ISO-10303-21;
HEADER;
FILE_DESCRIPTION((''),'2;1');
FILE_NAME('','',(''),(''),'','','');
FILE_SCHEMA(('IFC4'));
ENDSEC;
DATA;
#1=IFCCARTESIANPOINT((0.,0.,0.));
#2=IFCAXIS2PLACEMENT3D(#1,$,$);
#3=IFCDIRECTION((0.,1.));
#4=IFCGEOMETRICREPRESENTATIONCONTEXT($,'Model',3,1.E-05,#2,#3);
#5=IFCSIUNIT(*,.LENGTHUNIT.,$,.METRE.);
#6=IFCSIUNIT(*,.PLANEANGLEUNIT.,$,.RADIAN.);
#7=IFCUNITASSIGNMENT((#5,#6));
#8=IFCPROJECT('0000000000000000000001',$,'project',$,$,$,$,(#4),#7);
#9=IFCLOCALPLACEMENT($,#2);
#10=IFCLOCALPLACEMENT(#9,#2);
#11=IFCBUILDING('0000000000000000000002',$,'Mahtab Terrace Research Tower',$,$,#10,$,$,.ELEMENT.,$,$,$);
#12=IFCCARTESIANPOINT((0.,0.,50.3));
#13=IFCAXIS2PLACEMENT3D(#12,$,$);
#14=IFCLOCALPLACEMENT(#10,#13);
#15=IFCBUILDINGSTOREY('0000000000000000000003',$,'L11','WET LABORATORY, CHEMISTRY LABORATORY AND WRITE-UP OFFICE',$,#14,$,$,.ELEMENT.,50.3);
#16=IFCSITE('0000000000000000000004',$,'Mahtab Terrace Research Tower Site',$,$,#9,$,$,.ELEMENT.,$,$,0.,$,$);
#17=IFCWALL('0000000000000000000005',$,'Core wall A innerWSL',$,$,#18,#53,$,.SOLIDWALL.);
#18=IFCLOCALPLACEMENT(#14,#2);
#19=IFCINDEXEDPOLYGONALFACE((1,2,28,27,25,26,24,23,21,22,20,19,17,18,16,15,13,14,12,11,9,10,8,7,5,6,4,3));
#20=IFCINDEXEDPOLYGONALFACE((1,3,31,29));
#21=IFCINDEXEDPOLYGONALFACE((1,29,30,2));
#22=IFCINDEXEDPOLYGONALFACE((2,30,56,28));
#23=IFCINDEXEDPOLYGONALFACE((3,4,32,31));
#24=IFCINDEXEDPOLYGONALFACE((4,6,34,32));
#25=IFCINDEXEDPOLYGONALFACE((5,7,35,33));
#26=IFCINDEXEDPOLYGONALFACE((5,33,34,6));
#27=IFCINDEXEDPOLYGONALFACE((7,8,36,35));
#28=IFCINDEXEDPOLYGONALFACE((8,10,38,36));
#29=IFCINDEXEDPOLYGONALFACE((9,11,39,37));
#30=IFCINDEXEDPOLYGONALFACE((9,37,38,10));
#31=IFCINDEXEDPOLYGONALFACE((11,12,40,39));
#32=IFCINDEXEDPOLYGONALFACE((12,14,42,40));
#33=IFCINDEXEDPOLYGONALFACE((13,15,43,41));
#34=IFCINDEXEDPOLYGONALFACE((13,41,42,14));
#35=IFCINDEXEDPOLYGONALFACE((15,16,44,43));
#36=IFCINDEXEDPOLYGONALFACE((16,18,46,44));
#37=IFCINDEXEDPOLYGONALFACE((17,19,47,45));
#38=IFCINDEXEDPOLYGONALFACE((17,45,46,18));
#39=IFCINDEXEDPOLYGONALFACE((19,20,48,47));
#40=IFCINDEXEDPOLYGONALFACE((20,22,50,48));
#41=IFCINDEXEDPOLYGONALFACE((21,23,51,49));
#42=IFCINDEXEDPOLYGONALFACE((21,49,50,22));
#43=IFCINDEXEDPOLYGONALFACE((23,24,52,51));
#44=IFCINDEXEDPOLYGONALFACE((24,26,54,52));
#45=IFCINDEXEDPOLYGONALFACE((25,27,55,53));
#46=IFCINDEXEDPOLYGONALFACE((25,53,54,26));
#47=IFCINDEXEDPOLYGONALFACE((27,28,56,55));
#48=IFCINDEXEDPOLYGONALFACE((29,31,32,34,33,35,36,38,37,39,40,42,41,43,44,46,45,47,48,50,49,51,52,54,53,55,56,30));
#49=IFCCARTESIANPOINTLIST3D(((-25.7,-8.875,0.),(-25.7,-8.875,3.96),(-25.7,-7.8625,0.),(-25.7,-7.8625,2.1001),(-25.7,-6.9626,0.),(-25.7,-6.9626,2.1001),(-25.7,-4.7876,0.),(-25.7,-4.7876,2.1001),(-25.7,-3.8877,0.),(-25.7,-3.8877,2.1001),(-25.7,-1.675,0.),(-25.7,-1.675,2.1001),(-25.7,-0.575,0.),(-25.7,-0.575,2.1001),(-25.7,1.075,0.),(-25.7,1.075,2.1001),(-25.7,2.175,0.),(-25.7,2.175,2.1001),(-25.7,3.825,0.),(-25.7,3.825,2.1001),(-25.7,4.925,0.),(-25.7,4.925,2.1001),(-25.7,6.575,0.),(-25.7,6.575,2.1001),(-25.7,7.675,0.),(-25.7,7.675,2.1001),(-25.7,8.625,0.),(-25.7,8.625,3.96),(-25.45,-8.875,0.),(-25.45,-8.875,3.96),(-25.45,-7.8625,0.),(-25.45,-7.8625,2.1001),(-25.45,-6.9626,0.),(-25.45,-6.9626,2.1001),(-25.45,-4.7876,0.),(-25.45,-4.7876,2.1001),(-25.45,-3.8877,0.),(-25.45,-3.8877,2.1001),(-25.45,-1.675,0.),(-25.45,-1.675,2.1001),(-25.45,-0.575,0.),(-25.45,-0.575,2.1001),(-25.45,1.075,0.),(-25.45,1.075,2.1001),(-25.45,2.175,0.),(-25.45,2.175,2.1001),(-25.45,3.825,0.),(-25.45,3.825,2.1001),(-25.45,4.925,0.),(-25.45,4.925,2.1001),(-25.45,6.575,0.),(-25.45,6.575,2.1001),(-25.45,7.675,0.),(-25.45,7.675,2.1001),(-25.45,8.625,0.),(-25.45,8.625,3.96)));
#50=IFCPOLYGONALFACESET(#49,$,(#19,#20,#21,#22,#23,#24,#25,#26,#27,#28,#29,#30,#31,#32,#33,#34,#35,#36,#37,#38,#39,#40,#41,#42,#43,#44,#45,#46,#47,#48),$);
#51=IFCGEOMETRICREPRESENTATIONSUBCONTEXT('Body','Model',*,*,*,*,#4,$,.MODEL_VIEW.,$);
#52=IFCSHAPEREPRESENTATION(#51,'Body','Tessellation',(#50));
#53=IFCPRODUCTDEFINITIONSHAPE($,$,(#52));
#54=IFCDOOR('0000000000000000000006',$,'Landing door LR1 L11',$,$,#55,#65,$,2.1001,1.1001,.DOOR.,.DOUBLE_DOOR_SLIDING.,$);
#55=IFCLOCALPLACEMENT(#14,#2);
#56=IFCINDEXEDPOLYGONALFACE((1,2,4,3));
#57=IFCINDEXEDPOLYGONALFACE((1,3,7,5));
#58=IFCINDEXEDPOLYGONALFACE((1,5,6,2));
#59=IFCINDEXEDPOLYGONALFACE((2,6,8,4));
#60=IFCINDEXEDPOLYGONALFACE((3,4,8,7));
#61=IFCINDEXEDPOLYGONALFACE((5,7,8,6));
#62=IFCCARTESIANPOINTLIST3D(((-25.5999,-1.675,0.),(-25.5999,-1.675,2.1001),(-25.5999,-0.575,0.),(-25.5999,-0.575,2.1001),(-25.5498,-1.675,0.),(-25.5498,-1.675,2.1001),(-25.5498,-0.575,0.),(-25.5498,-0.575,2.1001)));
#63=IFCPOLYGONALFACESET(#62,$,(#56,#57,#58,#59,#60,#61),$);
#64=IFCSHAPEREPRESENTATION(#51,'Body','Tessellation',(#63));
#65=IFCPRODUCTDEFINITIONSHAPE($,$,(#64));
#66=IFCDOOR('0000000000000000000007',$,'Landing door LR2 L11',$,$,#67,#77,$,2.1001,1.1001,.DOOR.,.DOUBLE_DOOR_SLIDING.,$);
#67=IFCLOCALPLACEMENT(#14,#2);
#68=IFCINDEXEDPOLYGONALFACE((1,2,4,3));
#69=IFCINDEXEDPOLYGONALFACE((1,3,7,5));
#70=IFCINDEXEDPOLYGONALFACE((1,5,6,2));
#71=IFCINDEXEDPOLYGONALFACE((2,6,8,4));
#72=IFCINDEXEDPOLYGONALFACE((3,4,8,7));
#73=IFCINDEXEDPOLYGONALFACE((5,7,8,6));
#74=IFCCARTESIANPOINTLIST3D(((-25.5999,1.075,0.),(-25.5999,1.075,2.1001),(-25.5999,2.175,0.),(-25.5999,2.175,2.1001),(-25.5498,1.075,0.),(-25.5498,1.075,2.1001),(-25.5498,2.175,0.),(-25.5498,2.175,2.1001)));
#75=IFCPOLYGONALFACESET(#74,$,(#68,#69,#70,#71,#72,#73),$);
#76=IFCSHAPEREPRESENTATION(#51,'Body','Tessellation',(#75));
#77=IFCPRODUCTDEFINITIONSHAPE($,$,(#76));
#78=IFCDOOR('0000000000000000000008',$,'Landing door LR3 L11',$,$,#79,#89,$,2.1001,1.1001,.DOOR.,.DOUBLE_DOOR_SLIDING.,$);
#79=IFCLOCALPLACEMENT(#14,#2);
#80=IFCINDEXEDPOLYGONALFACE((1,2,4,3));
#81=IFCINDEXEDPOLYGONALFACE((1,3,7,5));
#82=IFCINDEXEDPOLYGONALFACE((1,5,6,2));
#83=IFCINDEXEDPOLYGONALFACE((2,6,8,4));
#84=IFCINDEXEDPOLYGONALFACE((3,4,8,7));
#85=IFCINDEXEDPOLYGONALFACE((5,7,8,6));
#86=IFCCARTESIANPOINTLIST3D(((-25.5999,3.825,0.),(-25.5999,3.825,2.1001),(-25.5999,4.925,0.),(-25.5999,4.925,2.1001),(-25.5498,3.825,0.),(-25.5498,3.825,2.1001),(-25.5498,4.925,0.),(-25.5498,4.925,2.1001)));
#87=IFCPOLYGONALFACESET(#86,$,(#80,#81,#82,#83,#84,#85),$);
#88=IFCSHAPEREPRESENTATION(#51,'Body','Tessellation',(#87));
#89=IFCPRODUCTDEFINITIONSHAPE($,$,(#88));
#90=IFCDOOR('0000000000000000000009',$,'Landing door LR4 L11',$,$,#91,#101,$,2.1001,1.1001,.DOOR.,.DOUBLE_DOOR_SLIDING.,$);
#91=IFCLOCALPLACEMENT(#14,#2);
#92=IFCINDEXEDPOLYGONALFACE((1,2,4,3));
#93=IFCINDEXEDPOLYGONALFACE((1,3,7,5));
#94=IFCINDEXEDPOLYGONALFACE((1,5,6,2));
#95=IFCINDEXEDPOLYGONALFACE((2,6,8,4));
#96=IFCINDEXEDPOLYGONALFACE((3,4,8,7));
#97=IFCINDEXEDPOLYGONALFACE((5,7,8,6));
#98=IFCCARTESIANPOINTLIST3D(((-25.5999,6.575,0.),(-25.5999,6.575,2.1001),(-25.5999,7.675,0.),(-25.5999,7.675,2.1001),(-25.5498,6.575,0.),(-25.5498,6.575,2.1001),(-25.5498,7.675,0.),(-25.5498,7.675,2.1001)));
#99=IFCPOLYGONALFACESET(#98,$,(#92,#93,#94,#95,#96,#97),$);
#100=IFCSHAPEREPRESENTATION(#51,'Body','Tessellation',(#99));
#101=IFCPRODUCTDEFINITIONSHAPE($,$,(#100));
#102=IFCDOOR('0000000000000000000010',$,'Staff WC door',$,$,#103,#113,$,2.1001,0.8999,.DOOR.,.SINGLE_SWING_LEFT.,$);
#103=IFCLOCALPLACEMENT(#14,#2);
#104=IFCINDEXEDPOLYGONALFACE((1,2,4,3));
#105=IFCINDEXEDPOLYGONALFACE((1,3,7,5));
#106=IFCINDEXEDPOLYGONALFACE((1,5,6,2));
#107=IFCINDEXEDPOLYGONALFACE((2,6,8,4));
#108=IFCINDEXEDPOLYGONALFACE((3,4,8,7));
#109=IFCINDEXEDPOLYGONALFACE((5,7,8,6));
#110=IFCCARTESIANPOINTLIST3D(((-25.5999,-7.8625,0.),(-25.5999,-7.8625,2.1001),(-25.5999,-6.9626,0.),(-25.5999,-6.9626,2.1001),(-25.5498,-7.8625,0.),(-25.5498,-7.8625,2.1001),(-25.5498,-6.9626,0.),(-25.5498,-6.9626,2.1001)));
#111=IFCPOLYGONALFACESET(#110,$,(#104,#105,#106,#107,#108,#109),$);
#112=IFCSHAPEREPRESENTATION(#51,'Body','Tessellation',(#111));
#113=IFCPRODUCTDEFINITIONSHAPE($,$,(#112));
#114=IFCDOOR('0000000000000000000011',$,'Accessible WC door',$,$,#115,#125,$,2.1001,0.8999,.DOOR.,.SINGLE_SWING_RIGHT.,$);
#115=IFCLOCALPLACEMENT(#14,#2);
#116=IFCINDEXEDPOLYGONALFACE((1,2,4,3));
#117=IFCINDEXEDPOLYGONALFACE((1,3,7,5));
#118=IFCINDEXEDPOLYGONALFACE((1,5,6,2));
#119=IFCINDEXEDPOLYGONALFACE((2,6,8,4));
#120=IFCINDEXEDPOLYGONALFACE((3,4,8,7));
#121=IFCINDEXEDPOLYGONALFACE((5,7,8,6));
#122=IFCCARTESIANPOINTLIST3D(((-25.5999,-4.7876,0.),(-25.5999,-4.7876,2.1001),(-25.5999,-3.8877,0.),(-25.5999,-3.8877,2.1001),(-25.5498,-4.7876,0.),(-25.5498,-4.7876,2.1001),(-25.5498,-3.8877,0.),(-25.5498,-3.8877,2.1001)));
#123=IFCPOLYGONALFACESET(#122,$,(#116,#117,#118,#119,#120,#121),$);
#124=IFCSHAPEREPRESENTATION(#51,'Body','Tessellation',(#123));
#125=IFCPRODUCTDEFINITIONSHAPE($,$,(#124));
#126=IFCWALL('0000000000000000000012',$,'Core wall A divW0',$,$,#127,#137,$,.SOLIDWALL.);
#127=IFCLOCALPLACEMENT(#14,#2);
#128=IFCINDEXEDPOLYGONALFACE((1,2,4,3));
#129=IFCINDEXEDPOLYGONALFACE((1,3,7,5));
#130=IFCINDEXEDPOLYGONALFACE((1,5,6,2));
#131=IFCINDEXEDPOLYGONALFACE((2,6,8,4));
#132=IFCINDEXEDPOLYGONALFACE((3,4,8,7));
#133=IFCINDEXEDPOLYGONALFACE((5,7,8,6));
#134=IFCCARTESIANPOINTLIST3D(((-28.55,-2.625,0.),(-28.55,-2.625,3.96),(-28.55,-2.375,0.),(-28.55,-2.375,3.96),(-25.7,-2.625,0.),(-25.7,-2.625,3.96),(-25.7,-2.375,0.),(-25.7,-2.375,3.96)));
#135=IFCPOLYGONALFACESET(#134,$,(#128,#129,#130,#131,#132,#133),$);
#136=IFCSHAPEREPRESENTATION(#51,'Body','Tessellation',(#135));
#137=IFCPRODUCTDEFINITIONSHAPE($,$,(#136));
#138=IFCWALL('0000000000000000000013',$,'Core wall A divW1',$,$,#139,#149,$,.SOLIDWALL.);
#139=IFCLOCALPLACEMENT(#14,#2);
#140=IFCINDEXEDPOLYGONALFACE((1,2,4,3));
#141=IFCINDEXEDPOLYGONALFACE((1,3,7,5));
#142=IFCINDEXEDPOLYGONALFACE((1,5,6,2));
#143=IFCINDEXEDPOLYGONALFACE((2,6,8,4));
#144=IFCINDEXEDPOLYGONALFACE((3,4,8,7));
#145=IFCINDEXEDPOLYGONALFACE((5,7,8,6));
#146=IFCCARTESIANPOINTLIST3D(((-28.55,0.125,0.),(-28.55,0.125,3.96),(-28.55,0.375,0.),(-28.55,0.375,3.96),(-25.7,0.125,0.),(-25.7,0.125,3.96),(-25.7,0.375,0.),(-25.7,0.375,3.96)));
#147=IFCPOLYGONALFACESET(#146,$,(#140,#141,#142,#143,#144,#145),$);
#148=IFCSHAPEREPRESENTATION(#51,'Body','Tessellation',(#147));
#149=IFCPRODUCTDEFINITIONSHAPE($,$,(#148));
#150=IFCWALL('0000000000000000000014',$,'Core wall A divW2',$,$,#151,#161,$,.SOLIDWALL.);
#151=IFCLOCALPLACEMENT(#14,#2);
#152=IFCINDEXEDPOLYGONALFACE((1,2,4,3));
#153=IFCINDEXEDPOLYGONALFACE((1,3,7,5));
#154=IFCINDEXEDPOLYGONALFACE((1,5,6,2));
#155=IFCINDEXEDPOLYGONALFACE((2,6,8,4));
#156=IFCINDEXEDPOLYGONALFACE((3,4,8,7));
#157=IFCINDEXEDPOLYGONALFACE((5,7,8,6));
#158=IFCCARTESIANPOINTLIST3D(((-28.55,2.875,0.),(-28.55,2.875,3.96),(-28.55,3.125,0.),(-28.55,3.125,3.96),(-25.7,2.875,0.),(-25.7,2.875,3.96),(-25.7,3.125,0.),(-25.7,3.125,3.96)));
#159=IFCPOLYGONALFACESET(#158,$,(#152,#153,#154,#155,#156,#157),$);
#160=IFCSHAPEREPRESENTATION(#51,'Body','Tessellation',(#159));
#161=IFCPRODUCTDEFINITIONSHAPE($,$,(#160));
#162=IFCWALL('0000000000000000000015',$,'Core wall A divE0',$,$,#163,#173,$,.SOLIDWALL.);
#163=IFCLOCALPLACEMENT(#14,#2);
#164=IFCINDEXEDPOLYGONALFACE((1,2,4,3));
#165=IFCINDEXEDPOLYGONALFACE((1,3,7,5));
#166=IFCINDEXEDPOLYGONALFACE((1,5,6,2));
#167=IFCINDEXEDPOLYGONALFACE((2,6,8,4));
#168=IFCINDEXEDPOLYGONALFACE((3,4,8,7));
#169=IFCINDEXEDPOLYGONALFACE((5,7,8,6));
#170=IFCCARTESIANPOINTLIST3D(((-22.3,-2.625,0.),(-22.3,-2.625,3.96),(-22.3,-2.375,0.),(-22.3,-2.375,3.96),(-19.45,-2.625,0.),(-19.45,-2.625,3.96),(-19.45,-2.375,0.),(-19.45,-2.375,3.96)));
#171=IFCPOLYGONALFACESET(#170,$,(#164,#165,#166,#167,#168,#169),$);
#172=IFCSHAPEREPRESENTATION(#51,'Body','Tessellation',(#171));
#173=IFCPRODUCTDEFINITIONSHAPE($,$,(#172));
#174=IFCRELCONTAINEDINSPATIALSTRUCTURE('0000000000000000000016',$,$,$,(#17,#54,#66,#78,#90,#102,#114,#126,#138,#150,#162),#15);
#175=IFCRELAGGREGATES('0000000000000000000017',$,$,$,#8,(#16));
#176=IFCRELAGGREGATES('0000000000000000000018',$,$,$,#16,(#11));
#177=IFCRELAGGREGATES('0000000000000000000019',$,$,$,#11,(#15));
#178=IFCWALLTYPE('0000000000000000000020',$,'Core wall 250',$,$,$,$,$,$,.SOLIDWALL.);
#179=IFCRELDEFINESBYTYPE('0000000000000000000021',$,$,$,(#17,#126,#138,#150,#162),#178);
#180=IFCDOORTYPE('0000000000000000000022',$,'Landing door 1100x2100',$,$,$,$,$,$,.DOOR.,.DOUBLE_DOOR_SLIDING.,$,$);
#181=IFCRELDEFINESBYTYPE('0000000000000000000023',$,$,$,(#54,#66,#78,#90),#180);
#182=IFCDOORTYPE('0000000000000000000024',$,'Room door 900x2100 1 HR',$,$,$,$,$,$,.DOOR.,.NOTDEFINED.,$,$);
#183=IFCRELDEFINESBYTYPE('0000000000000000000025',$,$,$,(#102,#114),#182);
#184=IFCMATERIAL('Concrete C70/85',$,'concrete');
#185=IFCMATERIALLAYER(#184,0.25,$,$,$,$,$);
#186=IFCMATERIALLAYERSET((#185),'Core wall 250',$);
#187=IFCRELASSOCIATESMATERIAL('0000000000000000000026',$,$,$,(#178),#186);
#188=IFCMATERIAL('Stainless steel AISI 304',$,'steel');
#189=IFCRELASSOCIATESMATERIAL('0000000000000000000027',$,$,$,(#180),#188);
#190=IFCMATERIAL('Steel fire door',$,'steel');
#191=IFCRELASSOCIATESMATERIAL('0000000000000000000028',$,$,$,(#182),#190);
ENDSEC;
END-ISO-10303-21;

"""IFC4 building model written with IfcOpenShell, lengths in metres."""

from ifc_helpers import new_model, si_unit, direction, frame, frame_2d, origin, place, context, subcontext, project, spatial, rectangle, extrude, material, layer, layer_set, type_object, element, fill, save


model = new_model("IFC4")

# Units and contexts
model_context = context("Model", 3, precision=1e-05, world=origin(), true_north=direction((0.0, 1.0)))
body_context = subcontext(model_context, "Body", "Model", "MODEL_VIEW")
ifc_project = project(units=[si_unit("LENGTHUNIT", "METRE"), si_unit("PLANEANGLEUNIT", "RADIAN")], contexts=[model_context])

# Site, building, storey
site_placement = place(None, origin())
site = spatial("IfcSite", under=ifc_project, at=site_placement, Name="Mahtab Terrace Research Tower Site", CompositionType="ELEMENT", RefElevation=0.0)
building_placement = place(site_placement, origin())
building = spatial("IfcBuilding", under=site, at=building_placement, Name="Mahtab Terrace Research Tower", CompositionType="ELEMENT")
storey_placement = place(building_placement, frame((0.0, 0.0, 50.3)))
storey = spatial("IfcBuildingStorey", under=building, at=storey_placement, Name="L11", Description="WET LABORATORY, CHEMISTRY LABORATORY AND WRITE-UP OFFICE", CompositionType="ELEMENT", Elevation=50.3)

# Shared definitions
ifc_material_1 = material(Name="Concrete C70/85", Category="concrete")

# Shared definitions
ifc_layer_1 = layer(ifc_material_1, 0.25)
ifc_layer_set_1 = layer_set([ifc_layer_1], Name="Core wall 250")
wall_type_1 = type_object("IfcWallType", Name="Core wall 250", PredefinedType="SOLIDWALL", material=ifc_layer_set_1)

# Shared definitions
ifc_material_2 = material(Name="Steel fire door", Category="steel")

# Wall, openings, doors
wall_1_placement = place(storey_placement, frame((-25.575, -8.875, 0.0), z_axis=(0.0, 0.0, 1.0), x_axis=(0.0, 1.0, 0.0)))
wall_1 = element("IfcWall", 1, at=wall_1_placement, inside=storey, type_object=wall_type_1, Name="Core wall A innerWSL", PredefinedType="SOLIDWALL", context=body_context, shape_type="SweptSolid", body=[
    extrude(rectangle(XDim=17.5, YDim=0.25, at=frame_2d((8.75, 0.0))), origin(), (0.0, 0.0, 1.0), 3.96),
])
opening_1_placement = place(wall_1_placement, frame((7.2, 0.0, 0.0)))
opening_1 = element("IfcOpeningElement", 2, at=opening_1_placement, cuts=wall_1, PredefinedType="OPENING", context=body_context, shape_type="SweptSolid", body=[
    extrude(rectangle(XDim=1.1001, YDim=2.1001, at=frame_2d((0.55, 1.05))), frame((0.0, 0.135, 0.0), z_axis=(0.0, -1.0, 0.0), x_axis=(1.0, 0.0, 0.0)), (0.0, 0.0, 1.0), 0.27),
])
opening_2_placement = place(wall_1_placement, frame((9.95, 0.0, 0.0)))
opening_2 = element("IfcOpeningElement", 3, at=opening_2_placement, cuts=wall_1, PredefinedType="OPENING", context=body_context, shape_type="SweptSolid", body=[
    extrude(rectangle(XDim=1.1001, YDim=2.1001, at=frame_2d((0.55, 1.05))), frame((0.0, 0.135, 0.0), z_axis=(0.0, -1.0, 0.0), x_axis=(1.0, 0.0, 0.0)), (0.0, 0.0, 1.0), 0.27),
])
opening_3_placement = place(wall_1_placement, frame((12.7, 0.0, 0.0)))
opening_3 = element("IfcOpeningElement", 4, at=opening_3_placement, cuts=wall_1, PredefinedType="OPENING", context=body_context, shape_type="SweptSolid", body=[
    extrude(rectangle(XDim=1.1001, YDim=2.1001, at=frame_2d((0.55, 1.05))), frame((0.0, 0.135, 0.0), z_axis=(0.0, -1.0, 0.0), x_axis=(1.0, 0.0, 0.0)), (0.0, 0.0, 1.0), 0.27),
])
opening_4_placement = place(wall_1_placement, frame((15.45, 0.0, 0.0)))
opening_4 = element("IfcOpeningElement", 5, at=opening_4_placement, cuts=wall_1, PredefinedType="OPENING", context=body_context, shape_type="SweptSolid", body=[
    extrude(rectangle(XDim=1.1001, YDim=2.1001, at=frame_2d((0.55, 1.05))), frame((0.0, 0.135, 0.0), z_axis=(0.0, -1.0, 0.0), x_axis=(1.0, 0.0, 0.0)), (0.0, 0.0, 1.0), 0.27),
])
opening_5_placement = place(wall_1_placement, frame((1.0125, 0.0, 0.0)))
opening_5 = element("IfcOpeningElement", 6, at=opening_5_placement, cuts=wall_1, PredefinedType="OPENING", context=body_context, shape_type="SweptSolid", body=[
    extrude(rectangle(XDim=0.8999, YDim=2.1001, at=frame_2d((0.45, 1.05))), frame((0.0, 0.135, 0.0), z_axis=(0.0, -1.0, 0.0), x_axis=(1.0, 0.0, 0.0)), (0.0, 0.0, 1.0), 0.27),
])
opening_6_placement = place(wall_1_placement, frame((4.0874, 0.0, 0.0)))
opening_6 = element("IfcOpeningElement", 7, at=opening_6_placement, cuts=wall_1, PredefinedType="OPENING", context=body_context, shape_type="SweptSolid", body=[
    extrude(rectangle(XDim=0.8999, YDim=2.1001, at=frame_2d((0.45, 1.05))), frame((0.0, 0.135, 0.0), z_axis=(0.0, -1.0, 0.0), x_axis=(1.0, 0.0, 0.0)), (0.0, 0.0, 1.0), 0.27),
])
ifc_material_3 = material(Name="Stainless steel AISI 304", Category="steel")
door_type_1 = type_object("IfcDoorType", Name="Landing door 1100x2100", OperationType="DOUBLE_DOOR_SLIDING", PredefinedType="DOOR", material=ifc_material_3)
door_1_placement = place(opening_1_placement, origin())
door_1 = element("IfcDoor", 8, at=door_1_placement, inside=storey, type_object=door_type_1, Name="Landing door LR1 L11", OperationType="DOUBLE_DOOR_SLIDING", OverallHeight=2.1001, OverallWidth=1.1001, PredefinedType="DOOR", context=body_context, shape_type="SweptSolid", body=[
    extrude(rectangle(XDim=1.1001, YDim=2.1001, at=frame_2d((0.55, 1.05))), frame((0.0, 0.0249, 0.0), z_axis=(0.0, -1.0, 0.0), x_axis=(1.0, 0.0, 0.0)), (0.0, 0.0, 1.0), 0.05),
])
fill(opening_1, door_1)
door_2_placement = place(opening_2_placement, origin())
door_2 = element("IfcDoor", 9, at=door_2_placement, inside=storey, type_object=door_type_1, Name="Landing door LR2 L11", OperationType="DOUBLE_DOOR_SLIDING", OverallHeight=2.1001, OverallWidth=1.1001, PredefinedType="DOOR", context=body_context, shape_type="SweptSolid", body=[
    extrude(rectangle(XDim=1.1001, YDim=2.1001, at=frame_2d((0.55, 1.05))), frame((0.0, 0.0249, 0.0), z_axis=(0.0, -1.0, 0.0), x_axis=(1.0, 0.0, 0.0)), (0.0, 0.0, 1.0), 0.05),
])
fill(opening_2, door_2)
door_3_placement = place(opening_3_placement, origin())
door_3 = element("IfcDoor", 10, at=door_3_placement, inside=storey, type_object=door_type_1, Name="Landing door LR3 L11", OperationType="DOUBLE_DOOR_SLIDING", OverallHeight=2.1001, OverallWidth=1.1001, PredefinedType="DOOR", context=body_context, shape_type="SweptSolid", body=[
    extrude(rectangle(XDim=1.1001, YDim=2.1001, at=frame_2d((0.55, 1.05))), frame((0.0, 0.0249, 0.0), z_axis=(0.0, -1.0, 0.0), x_axis=(1.0, 0.0, 0.0)), (0.0, 0.0, 1.0), 0.05),
])
fill(opening_3, door_3)
door_4_placement = place(opening_4_placement, origin())
door_4 = element("IfcDoor", 11, at=door_4_placement, inside=storey, type_object=door_type_1, Name="Landing door LR4 L11", OperationType="DOUBLE_DOOR_SLIDING", OverallHeight=2.1001, OverallWidth=1.1001, PredefinedType="DOOR", context=body_context, shape_type="SweptSolid", body=[
    extrude(rectangle(XDim=1.1001, YDim=2.1001, at=frame_2d((0.55, 1.05))), frame((0.0, 0.0249, 0.0), z_axis=(0.0, -1.0, 0.0), x_axis=(1.0, 0.0, 0.0)), (0.0, 0.0, 1.0), 0.05),
])
fill(opening_4, door_4)
door_type_2 = type_object("IfcDoorType", Name="Room door 900x2100 1 HR", OperationType="NOTDEFINED", PredefinedType="DOOR", material=ifc_material_2)
door_5_placement = place(opening_5_placement, origin())
door_5 = element("IfcDoor", 12, at=door_5_placement, inside=storey, type_object=door_type_2, Name="Staff WC door", OperationType="SINGLE_SWING_LEFT", OverallHeight=2.1001, OverallWidth=0.8999, PredefinedType="DOOR", context=body_context, shape_type="SweptSolid", body=[
    extrude(rectangle(XDim=0.8999, YDim=2.1001, at=frame_2d((0.45, 1.05))), frame((0.0, 0.0249, 0.0), z_axis=(0.0, -1.0, 0.0), x_axis=(1.0, 0.0, 0.0)), (0.0, 0.0, 1.0), 0.05),
])
fill(opening_5, door_5)
door_6_placement = place(opening_6_placement, origin())
door_6 = element("IfcDoor", 13, at=door_6_placement, inside=storey, type_object=door_type_2, Name="Accessible WC door", OperationType="SINGLE_SWING_RIGHT", OverallHeight=2.1001, OverallWidth=0.8999, PredefinedType="DOOR", context=body_context, shape_type="SweptSolid", body=[
    extrude(rectangle(XDim=0.8999, YDim=2.1001, at=frame_2d((0.45, 1.05))), frame((0.0, 0.0249, 0.0), z_axis=(0.0, -1.0, 0.0), x_axis=(1.0, 0.0, 0.0)), (0.0, 0.0, 1.0), 0.05),
])
fill(opening_6, door_6)

# Walls
for number, where, z_axis, x_axis, name in (
    (14, (-28.55, -2.5, 0.0), (0.0, 0.0, 1.0), (1.0, 0.0, 0.0), "Core wall A divW0"),
    (15, (-28.55, 0.25, 0.0), (0.0, 0.0, 1.0), (1.0, 0.0, 0.0), "Core wall A divW1"),
    (16, (-28.55, 3.0, 0.0), (0.0, 0.0, 1.0), (1.0, 0.0, 0.0), "Core wall A divW2"),
    (17, (-22.3, -2.5, 0.0), (0.0, 0.0, 1.0), (1.0, 0.0, 0.0), "Core wall A divE0"),
):
    element("IfcWall", number, at=place(storey_placement, frame(where, z_axis=z_axis, x_axis=x_axis)), inside=storey, type_object=wall_type_1, Name=name, PredefinedType="SOLIDWALL", context=body_context, shape_type="SweptSolid", body=[
        extrude(rectangle(XDim=2.8501, YDim=0.25, at=frame_2d((1.425, 0.0))), origin(), (0.0, 0.0, 1.0), 3.96),
    ])

save(model, "model.ifc")
